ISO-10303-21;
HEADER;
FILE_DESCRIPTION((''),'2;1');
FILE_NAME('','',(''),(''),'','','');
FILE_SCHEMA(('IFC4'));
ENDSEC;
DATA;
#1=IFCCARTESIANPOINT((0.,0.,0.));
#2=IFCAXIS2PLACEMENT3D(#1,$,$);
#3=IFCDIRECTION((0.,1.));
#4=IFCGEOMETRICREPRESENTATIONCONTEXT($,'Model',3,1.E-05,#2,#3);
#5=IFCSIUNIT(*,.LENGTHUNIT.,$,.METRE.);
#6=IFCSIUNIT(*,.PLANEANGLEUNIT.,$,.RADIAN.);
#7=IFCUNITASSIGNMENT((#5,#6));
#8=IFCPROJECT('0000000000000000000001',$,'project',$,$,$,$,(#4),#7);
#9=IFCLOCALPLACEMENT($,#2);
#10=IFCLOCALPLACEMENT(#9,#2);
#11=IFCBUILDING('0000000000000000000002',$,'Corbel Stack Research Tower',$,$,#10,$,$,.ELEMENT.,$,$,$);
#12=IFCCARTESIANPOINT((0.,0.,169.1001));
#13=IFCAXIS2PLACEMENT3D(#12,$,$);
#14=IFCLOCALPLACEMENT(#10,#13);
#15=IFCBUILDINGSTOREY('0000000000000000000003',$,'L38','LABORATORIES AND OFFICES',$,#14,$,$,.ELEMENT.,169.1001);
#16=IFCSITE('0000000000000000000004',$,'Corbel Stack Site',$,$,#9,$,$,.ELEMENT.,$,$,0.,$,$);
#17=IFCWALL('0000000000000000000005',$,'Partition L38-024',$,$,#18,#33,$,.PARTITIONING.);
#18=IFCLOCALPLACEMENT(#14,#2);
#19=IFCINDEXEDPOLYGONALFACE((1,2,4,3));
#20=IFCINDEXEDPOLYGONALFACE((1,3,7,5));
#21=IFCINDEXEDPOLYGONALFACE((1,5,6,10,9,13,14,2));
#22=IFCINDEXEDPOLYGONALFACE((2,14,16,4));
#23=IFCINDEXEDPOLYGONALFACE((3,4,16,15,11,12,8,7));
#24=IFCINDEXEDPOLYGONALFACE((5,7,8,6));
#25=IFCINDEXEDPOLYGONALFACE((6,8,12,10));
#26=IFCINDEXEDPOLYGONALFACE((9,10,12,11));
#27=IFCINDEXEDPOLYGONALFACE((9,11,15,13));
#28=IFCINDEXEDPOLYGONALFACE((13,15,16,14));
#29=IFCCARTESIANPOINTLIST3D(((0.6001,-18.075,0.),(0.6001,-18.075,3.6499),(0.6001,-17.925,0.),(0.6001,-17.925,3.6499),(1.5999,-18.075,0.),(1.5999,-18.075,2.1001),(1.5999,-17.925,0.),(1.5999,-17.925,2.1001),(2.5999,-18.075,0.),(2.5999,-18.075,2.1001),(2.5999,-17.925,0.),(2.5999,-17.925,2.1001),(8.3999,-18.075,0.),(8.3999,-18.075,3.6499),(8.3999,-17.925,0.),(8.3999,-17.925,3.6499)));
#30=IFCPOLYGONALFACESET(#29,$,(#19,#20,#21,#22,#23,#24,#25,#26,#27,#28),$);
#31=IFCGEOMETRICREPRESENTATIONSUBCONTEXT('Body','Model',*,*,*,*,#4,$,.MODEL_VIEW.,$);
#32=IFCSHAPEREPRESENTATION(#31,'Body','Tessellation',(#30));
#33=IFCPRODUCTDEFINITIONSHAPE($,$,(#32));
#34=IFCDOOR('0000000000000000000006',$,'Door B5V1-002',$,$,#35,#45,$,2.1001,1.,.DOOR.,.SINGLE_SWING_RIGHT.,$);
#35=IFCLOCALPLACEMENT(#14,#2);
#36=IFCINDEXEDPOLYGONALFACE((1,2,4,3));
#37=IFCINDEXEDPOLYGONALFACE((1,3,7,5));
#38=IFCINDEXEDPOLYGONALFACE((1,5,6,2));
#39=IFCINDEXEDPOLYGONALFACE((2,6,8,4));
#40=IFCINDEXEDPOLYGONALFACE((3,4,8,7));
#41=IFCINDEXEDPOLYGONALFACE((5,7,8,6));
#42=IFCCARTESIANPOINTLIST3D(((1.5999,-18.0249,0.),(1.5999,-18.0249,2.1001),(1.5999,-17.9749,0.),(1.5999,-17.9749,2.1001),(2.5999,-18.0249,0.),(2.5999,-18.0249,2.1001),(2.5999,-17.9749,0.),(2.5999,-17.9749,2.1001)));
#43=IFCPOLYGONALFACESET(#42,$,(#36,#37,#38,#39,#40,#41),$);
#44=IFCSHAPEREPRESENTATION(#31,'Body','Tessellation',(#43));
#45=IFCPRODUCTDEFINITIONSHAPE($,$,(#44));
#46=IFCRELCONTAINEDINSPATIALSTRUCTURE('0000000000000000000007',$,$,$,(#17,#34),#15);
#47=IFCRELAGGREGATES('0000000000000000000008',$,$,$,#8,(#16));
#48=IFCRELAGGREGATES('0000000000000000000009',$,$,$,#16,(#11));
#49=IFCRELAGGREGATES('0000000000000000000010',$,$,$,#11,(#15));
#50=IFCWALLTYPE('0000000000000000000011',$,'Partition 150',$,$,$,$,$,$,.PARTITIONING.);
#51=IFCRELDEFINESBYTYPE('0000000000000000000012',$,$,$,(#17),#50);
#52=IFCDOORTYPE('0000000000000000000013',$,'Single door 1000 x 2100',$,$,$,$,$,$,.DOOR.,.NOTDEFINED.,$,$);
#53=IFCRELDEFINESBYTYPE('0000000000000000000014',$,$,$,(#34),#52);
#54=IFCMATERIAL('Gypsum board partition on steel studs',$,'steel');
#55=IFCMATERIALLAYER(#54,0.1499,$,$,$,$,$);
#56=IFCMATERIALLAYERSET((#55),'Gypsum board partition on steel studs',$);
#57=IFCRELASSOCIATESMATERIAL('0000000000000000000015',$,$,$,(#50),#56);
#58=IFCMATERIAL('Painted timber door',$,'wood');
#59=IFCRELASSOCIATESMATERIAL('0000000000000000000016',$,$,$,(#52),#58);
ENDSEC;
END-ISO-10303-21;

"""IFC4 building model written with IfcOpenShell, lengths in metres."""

from ifc_helpers import new_model, si_unit, direction, frame, frame_2d, origin, place, context, subcontext, project, spatial, rectangle, extrude, material, layer, layer_set, type_object, element, fill, save


model = new_model("IFC4")

# Units and contexts
model_context = context("Model", 3, precision=1e-05, world=origin(), true_north=direction((0.0, 1.0)))
body_context = subcontext(model_context, "Body", "Model", "MODEL_VIEW")
ifc_project = project(units=[si_unit("LENGTHUNIT", "METRE"), si_unit("PLANEANGLEUNIT", "RADIAN")], contexts=[model_context])

# Site, building, storey
site_placement = place(None, origin())
site = spatial("IfcSite", under=ifc_project, at=site_placement, Name="Corbel Stack Site", CompositionType="ELEMENT", RefElevation=0.0)
building_placement = place(site_placement, origin())
building = spatial("IfcBuilding", under=site, at=building_placement, Name="Corbel Stack Research Tower", CompositionType="ELEMENT")
storey_placement = place(building_placement, frame((0.0, 0.0, 169.1001)))
storey = spatial("IfcBuildingStorey", under=building, at=storey_placement, Name="L38", Description="LABORATORIES AND OFFICES", CompositionType="ELEMENT", Elevation=169.1001)

# Wall, opening, door
ifc_material_1 = material(Name="Gypsum board partition on steel studs", Category="steel")
ifc_layer_1 = layer(ifc_material_1, 0.1499)
ifc_layer_set_1 = layer_set([ifc_layer_1], Name="Gypsum board partition on steel studs")
wall_type_1 = type_object("IfcWallType", Name="Partition 150", PredefinedType="PARTITIONING", material=ifc_layer_set_1)
wall_1_placement = place(storey_placement, frame((8.3999, -18.0, 0.0), z_axis=(0.0, 0.0, 1.0), x_axis=(-1.0, 0.0, 0.0)))
wall_1 = element("IfcWall", 1, at=wall_1_placement, inside=storey, type_object=wall_type_1, Name="Partition L38-024", PredefinedType="PARTITIONING", context=body_context, shape_type="SweptSolid", body=[
    extrude(rectangle(XDim=7.7998, YDim=0.1499, at=frame_2d((3.8999, 0.0))), origin(), (0.0, 0.0, 1.0), 3.6499),
])
opening_1_placement = place(wall_1_placement, frame((5.8, 0.0, 0.0)))
opening_1 = element("IfcOpeningElement", 2, at=opening_1_placement, cuts=wall_1, PredefinedType="OPENING", context=body_context, shape_type="SweptSolid", body=[
    extrude(rectangle(XDim=1.0, YDim=2.1001, at=frame_2d((0.5, 1.05))), frame((0.0, 0.085, 0.0), z_axis=(0.0, -1.0, 0.0), x_axis=(1.0, 0.0, 0.0)), (0.0, 0.0, 1.0), 0.1699),
])
ifc_material_2 = material(Name="Painted timber door", Category="wood")
door_type_1 = type_object("IfcDoorType", Name="Single door 1000 x 2100", OperationType="NOTDEFINED", PredefinedType="DOOR", material=ifc_material_2)
door_1_placement = place(opening_1_placement, origin())
door_1 = element("IfcDoor", 3, at=door_1_placement, inside=storey, type_object=door_type_1, Name="Door B5V1-002", OperationType="SINGLE_SWING_RIGHT", OverallHeight=2.1001, OverallWidth=1.0, PredefinedType="DOOR", context=body_context, shape_type="SweptSolid", body=[
    extrude(rectangle(XDim=1.0, YDim=2.1001, at=frame_2d((0.5, 1.05))), frame((0.0, 0.0249, 0.0), z_axis=(0.0, -1.0, 0.0), x_axis=(1.0, 0.0, 0.0)), (0.0, 0.0, 1.0), 0.05),
])
fill(opening_1, door_1)

save(model, "model.ifc")
